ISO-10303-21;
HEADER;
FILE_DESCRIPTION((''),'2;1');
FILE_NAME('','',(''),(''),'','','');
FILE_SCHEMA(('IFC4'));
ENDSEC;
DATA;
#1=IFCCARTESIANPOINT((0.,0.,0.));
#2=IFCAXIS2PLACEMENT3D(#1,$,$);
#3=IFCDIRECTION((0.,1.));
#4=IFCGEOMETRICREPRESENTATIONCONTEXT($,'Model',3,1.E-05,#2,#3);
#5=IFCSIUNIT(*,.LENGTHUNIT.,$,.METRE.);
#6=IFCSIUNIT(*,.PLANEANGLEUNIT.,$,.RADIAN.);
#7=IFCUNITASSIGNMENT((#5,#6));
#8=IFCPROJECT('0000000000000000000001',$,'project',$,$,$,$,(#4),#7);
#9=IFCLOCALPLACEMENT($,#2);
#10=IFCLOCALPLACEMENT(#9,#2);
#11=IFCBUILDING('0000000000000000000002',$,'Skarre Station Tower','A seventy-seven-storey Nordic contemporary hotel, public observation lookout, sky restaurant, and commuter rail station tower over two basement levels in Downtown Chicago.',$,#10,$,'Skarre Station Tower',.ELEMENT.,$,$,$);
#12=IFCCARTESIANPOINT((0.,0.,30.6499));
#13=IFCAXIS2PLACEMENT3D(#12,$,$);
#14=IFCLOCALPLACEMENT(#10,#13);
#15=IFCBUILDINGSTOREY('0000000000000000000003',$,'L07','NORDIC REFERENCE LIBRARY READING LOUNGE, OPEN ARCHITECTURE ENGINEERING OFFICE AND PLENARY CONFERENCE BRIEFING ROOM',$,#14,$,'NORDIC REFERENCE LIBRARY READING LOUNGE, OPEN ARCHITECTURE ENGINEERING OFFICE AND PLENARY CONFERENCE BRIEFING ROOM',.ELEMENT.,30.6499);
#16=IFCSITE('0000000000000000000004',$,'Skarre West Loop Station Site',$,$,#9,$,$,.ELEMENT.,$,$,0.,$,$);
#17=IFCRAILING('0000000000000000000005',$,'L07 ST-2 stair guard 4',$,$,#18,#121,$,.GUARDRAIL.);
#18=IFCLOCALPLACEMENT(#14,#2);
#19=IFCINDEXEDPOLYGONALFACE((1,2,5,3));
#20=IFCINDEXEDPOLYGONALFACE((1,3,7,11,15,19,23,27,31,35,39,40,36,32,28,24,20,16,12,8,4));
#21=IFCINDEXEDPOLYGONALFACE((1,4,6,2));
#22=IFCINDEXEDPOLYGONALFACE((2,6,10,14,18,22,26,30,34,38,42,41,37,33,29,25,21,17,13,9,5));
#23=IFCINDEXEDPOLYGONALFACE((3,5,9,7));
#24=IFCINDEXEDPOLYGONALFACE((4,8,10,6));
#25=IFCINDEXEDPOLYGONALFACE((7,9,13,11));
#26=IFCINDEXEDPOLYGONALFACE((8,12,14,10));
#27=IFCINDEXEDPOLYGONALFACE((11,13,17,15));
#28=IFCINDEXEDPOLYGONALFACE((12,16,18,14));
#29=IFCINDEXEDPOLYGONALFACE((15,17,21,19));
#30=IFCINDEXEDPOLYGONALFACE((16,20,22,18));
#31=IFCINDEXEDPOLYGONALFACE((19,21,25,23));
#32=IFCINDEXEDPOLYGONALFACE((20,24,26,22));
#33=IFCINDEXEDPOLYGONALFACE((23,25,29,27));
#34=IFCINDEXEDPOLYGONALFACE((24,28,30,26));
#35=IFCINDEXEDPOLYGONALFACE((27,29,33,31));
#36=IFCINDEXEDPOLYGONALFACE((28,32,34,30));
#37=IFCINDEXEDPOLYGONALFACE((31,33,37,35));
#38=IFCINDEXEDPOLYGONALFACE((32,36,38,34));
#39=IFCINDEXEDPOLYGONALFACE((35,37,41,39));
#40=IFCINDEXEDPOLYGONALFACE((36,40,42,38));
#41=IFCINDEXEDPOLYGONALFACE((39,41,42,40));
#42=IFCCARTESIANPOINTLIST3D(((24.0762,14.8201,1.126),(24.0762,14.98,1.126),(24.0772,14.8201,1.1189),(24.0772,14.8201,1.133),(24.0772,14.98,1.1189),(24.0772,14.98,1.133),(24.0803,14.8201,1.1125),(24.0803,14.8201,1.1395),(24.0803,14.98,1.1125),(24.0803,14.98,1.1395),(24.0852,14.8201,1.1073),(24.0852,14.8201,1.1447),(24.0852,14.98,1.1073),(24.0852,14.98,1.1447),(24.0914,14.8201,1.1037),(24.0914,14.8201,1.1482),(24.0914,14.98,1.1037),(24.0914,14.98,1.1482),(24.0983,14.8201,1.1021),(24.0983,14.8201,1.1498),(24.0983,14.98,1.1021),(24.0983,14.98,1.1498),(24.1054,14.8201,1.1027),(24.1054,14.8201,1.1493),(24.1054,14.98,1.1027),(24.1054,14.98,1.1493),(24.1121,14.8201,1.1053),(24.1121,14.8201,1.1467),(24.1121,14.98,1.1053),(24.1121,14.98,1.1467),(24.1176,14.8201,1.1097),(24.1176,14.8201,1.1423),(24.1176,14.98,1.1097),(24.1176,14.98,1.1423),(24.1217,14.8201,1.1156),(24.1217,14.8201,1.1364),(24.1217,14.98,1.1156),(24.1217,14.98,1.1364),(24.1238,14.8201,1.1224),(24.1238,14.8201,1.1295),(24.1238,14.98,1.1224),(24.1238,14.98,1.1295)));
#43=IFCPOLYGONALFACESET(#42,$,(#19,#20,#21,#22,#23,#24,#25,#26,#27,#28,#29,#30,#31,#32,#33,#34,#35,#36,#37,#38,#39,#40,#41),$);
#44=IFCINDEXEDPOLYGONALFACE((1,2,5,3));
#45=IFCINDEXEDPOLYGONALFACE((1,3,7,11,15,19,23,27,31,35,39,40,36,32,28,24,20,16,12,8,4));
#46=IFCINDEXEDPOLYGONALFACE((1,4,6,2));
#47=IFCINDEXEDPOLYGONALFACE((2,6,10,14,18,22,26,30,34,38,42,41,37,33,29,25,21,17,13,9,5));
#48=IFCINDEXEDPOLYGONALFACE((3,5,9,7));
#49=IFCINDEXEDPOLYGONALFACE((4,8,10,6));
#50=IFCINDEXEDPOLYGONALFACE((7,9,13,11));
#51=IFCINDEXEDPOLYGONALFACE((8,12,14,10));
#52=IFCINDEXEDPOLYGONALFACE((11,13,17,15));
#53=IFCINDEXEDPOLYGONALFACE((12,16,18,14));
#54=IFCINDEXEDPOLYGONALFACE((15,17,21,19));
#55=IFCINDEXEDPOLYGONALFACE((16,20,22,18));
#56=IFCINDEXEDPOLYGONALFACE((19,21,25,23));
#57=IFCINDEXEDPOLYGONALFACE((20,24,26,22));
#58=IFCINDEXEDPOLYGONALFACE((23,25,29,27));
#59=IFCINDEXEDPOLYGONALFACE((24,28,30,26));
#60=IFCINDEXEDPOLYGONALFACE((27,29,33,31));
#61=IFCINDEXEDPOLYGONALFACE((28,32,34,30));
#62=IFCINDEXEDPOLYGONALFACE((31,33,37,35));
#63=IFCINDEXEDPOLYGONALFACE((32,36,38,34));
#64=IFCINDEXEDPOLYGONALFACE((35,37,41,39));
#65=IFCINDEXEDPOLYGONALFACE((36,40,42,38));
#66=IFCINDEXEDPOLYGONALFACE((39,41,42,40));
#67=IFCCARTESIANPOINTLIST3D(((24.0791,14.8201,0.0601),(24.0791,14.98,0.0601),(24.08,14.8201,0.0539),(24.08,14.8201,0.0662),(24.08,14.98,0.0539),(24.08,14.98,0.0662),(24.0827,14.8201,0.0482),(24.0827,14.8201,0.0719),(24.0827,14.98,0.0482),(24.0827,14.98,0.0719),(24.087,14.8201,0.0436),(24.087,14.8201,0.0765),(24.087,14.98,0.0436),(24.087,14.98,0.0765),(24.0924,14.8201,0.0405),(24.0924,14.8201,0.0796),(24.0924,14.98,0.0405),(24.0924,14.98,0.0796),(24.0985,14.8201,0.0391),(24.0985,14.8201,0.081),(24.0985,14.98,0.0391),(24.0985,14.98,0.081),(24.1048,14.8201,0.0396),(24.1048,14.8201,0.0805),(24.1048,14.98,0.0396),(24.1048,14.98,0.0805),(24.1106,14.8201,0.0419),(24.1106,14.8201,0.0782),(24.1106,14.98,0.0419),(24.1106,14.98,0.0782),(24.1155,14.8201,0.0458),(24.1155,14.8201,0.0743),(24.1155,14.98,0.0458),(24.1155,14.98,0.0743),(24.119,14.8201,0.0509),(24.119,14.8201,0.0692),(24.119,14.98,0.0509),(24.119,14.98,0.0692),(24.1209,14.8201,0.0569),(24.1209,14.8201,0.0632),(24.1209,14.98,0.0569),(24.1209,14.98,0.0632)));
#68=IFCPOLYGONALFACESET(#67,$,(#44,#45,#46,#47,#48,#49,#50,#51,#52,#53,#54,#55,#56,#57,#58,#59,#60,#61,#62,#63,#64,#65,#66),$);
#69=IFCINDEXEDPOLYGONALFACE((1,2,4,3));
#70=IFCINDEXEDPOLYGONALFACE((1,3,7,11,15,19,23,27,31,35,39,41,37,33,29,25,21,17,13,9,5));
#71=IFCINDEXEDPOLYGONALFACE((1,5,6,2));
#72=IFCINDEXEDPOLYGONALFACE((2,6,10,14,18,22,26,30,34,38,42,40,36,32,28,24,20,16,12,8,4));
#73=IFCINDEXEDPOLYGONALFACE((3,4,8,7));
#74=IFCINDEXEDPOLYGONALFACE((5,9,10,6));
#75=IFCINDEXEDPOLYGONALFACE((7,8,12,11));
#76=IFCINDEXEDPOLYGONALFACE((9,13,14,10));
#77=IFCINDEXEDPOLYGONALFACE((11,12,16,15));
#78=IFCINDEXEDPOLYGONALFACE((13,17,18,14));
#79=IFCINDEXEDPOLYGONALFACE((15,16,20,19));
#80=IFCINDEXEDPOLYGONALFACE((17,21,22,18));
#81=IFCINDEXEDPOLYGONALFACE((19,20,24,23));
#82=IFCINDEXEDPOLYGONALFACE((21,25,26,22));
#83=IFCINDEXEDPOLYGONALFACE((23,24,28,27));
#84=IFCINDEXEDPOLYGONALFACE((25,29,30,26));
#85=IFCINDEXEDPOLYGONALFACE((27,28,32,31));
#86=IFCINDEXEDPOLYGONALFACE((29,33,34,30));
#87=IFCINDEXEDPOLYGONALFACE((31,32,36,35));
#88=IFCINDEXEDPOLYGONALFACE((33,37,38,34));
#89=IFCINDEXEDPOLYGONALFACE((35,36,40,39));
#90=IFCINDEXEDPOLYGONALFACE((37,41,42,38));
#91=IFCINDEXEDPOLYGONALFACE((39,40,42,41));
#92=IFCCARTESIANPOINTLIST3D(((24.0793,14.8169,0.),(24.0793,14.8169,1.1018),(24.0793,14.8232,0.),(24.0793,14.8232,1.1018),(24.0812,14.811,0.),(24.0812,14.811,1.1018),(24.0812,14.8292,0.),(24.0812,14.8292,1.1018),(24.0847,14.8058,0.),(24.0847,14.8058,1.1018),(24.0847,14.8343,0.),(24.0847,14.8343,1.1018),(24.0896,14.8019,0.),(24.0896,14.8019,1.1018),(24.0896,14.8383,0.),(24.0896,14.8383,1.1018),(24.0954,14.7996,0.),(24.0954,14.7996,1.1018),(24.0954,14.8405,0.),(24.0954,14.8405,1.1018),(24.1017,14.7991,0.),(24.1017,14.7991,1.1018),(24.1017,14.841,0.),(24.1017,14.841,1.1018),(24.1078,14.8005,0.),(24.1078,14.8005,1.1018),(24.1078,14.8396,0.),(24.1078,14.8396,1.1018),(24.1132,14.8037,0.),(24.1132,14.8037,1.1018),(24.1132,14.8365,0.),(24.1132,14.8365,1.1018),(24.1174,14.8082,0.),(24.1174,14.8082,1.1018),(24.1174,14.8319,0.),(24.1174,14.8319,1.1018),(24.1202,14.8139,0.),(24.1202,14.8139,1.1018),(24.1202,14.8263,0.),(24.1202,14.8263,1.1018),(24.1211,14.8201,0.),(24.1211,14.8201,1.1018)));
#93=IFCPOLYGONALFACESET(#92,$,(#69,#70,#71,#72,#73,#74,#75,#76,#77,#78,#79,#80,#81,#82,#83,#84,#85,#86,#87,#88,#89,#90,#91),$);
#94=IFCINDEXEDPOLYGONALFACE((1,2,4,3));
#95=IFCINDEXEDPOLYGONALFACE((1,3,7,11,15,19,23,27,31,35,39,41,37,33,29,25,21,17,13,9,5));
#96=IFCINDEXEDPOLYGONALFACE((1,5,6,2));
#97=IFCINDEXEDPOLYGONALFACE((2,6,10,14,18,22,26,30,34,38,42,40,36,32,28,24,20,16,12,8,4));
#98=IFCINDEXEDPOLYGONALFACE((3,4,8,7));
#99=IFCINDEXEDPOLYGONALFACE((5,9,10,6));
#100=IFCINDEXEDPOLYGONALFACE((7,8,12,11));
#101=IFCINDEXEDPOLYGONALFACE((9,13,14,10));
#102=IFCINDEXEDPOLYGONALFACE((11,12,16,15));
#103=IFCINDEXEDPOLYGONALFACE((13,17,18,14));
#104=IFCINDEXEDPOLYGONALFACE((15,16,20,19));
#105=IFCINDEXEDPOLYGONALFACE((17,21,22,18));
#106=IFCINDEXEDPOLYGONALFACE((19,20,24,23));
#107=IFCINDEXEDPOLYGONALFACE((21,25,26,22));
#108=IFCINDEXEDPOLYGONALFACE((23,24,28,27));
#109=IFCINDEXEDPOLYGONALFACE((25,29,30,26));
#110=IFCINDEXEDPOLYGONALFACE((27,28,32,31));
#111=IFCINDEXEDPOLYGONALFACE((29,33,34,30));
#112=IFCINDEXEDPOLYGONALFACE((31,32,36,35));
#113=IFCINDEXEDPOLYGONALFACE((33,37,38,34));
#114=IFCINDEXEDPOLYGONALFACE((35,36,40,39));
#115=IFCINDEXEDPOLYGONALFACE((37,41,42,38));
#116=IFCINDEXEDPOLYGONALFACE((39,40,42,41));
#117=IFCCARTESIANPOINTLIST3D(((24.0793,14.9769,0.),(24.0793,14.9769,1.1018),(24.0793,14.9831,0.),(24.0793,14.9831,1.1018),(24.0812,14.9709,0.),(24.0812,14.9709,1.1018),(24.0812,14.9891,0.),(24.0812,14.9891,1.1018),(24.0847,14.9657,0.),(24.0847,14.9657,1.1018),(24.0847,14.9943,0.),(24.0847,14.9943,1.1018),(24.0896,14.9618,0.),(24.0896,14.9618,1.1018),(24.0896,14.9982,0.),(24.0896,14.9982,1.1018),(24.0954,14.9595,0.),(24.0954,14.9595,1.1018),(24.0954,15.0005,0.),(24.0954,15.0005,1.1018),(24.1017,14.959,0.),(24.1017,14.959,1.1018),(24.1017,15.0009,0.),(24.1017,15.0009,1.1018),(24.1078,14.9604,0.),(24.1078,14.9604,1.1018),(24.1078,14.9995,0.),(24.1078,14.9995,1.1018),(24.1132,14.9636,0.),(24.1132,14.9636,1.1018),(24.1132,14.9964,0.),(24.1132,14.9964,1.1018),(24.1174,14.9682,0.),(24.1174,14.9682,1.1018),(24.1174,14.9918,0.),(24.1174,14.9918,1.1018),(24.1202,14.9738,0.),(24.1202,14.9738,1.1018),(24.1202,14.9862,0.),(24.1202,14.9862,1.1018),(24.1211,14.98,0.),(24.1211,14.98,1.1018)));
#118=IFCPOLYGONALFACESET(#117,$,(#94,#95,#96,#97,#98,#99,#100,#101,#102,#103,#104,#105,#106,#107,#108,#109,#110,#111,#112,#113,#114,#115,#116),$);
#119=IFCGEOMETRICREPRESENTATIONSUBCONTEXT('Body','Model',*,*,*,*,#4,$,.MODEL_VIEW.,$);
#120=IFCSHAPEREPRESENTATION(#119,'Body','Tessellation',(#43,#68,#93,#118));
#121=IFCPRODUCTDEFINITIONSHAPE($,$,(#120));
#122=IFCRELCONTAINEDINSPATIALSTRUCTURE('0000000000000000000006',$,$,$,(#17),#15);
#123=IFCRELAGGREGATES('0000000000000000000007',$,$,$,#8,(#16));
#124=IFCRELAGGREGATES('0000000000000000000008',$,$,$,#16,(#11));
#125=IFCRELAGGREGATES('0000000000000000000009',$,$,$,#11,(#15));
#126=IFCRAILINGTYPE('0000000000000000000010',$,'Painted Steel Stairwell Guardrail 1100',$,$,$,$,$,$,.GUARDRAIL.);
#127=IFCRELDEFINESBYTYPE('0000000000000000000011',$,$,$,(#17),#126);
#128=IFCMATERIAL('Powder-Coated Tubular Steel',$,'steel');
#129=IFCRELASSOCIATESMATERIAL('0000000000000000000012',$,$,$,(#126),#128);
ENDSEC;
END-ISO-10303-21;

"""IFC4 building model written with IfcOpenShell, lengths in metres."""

from ifc_helpers import new_model, si_unit, direction, frame, origin, origin_2d, place, context, subcontext, project, spatial, circle, extrude, material, type_object, element, save


model = new_model("IFC4")

# Units and contexts
model_context = context("Model", 3, precision=1e-05, world=origin(), true_north=direction((0.0, 1.0)))
body_context = subcontext(model_context, "Body", "Model", "MODEL_VIEW")
ifc_project = project(units=[si_unit("LENGTHUNIT", "METRE"), si_unit("PLANEANGLEUNIT", "RADIAN")], contexts=[model_context])

# Site, building, storey
site_placement = place(None, origin())
site = spatial("IfcSite", under=ifc_project, at=site_placement, Name="Skarre West Loop Station Site", CompositionType="ELEMENT", RefElevation=0.0)
building_placement = place(site_placement, origin())
building = spatial("IfcBuilding", under=site, at=building_placement, Name="Skarre Station Tower", Description="A seventy-seven-storey Nordic contemporary hotel, public observation lookout, sky restaurant, and commuter rail station tower over two basement levels in Downtown Chicago.", LongName="Skarre Station Tower", CompositionType="ELEMENT")
storey_placement = place(building_placement, frame((0.0, 0.0, 30.6499)))
storey = spatial("IfcBuildingStorey", under=building, at=storey_placement, Name="L07", Description="NORDIC REFERENCE LIBRARY READING LOUNGE, OPEN ARCHITECTURE ENGINEERING OFFICE AND PLENARY CONFERENCE BRIEFING ROOM", LongName="NORDIC REFERENCE LIBRARY READING LOUNGE, OPEN ARCHITECTURE ENGINEERING OFFICE AND PLENARY CONFERENCE BRIEFING ROOM", CompositionType="ELEMENT", Elevation=30.6499)

# Railing
ifc_material_1 = material(Name="Powder-Coated Tubular Steel", Category="steel")
railing_type_1 = type_object("IfcRailingType", Name="Painted Steel Stairwell Guardrail 1100", PredefinedType="GUARDRAIL", material=ifc_material_1)
railing_1_placement = place(storey_placement, frame((24.1001, 14.8201, 0.0)))
element("IfcRailing", 1, at=railing_1_placement, inside=storey, type_object=railing_type_1, Name="L07 ST-2 stair guard 4", PredefinedType="GUARDRAIL", context=body_context, shape_type="SweptSolid", body=[
    extrude(circle(Radius=0.0239, at=origin_2d()), frame((0.0, 0.0, 1.126), z_axis=(0.0, 1.0, 0.0), x_axis=(-1.0, 0.0, 0.0)), (0.0, 0.0, 1.0), 0.1599),
    extrude(circle(Radius=0.021, at=origin_2d()), frame((0.0, 0.0, 0.0601), z_axis=(0.0, 1.0, 0.0), x_axis=(-1.0, 0.0, 0.0)), (0.0, 0.0, 1.0), 0.1599),
    extrude(circle(Radius=0.021, at=origin_2d()), origin(), (0.0, 0.0, 1.0), 1.1018),
    extrude(circle(Radius=0.021, at=origin_2d()), frame((0.0, 0.1599, 0.0)), (0.0, 0.0, 1.0), 1.1018),
])

save(model, "model.ifc")
